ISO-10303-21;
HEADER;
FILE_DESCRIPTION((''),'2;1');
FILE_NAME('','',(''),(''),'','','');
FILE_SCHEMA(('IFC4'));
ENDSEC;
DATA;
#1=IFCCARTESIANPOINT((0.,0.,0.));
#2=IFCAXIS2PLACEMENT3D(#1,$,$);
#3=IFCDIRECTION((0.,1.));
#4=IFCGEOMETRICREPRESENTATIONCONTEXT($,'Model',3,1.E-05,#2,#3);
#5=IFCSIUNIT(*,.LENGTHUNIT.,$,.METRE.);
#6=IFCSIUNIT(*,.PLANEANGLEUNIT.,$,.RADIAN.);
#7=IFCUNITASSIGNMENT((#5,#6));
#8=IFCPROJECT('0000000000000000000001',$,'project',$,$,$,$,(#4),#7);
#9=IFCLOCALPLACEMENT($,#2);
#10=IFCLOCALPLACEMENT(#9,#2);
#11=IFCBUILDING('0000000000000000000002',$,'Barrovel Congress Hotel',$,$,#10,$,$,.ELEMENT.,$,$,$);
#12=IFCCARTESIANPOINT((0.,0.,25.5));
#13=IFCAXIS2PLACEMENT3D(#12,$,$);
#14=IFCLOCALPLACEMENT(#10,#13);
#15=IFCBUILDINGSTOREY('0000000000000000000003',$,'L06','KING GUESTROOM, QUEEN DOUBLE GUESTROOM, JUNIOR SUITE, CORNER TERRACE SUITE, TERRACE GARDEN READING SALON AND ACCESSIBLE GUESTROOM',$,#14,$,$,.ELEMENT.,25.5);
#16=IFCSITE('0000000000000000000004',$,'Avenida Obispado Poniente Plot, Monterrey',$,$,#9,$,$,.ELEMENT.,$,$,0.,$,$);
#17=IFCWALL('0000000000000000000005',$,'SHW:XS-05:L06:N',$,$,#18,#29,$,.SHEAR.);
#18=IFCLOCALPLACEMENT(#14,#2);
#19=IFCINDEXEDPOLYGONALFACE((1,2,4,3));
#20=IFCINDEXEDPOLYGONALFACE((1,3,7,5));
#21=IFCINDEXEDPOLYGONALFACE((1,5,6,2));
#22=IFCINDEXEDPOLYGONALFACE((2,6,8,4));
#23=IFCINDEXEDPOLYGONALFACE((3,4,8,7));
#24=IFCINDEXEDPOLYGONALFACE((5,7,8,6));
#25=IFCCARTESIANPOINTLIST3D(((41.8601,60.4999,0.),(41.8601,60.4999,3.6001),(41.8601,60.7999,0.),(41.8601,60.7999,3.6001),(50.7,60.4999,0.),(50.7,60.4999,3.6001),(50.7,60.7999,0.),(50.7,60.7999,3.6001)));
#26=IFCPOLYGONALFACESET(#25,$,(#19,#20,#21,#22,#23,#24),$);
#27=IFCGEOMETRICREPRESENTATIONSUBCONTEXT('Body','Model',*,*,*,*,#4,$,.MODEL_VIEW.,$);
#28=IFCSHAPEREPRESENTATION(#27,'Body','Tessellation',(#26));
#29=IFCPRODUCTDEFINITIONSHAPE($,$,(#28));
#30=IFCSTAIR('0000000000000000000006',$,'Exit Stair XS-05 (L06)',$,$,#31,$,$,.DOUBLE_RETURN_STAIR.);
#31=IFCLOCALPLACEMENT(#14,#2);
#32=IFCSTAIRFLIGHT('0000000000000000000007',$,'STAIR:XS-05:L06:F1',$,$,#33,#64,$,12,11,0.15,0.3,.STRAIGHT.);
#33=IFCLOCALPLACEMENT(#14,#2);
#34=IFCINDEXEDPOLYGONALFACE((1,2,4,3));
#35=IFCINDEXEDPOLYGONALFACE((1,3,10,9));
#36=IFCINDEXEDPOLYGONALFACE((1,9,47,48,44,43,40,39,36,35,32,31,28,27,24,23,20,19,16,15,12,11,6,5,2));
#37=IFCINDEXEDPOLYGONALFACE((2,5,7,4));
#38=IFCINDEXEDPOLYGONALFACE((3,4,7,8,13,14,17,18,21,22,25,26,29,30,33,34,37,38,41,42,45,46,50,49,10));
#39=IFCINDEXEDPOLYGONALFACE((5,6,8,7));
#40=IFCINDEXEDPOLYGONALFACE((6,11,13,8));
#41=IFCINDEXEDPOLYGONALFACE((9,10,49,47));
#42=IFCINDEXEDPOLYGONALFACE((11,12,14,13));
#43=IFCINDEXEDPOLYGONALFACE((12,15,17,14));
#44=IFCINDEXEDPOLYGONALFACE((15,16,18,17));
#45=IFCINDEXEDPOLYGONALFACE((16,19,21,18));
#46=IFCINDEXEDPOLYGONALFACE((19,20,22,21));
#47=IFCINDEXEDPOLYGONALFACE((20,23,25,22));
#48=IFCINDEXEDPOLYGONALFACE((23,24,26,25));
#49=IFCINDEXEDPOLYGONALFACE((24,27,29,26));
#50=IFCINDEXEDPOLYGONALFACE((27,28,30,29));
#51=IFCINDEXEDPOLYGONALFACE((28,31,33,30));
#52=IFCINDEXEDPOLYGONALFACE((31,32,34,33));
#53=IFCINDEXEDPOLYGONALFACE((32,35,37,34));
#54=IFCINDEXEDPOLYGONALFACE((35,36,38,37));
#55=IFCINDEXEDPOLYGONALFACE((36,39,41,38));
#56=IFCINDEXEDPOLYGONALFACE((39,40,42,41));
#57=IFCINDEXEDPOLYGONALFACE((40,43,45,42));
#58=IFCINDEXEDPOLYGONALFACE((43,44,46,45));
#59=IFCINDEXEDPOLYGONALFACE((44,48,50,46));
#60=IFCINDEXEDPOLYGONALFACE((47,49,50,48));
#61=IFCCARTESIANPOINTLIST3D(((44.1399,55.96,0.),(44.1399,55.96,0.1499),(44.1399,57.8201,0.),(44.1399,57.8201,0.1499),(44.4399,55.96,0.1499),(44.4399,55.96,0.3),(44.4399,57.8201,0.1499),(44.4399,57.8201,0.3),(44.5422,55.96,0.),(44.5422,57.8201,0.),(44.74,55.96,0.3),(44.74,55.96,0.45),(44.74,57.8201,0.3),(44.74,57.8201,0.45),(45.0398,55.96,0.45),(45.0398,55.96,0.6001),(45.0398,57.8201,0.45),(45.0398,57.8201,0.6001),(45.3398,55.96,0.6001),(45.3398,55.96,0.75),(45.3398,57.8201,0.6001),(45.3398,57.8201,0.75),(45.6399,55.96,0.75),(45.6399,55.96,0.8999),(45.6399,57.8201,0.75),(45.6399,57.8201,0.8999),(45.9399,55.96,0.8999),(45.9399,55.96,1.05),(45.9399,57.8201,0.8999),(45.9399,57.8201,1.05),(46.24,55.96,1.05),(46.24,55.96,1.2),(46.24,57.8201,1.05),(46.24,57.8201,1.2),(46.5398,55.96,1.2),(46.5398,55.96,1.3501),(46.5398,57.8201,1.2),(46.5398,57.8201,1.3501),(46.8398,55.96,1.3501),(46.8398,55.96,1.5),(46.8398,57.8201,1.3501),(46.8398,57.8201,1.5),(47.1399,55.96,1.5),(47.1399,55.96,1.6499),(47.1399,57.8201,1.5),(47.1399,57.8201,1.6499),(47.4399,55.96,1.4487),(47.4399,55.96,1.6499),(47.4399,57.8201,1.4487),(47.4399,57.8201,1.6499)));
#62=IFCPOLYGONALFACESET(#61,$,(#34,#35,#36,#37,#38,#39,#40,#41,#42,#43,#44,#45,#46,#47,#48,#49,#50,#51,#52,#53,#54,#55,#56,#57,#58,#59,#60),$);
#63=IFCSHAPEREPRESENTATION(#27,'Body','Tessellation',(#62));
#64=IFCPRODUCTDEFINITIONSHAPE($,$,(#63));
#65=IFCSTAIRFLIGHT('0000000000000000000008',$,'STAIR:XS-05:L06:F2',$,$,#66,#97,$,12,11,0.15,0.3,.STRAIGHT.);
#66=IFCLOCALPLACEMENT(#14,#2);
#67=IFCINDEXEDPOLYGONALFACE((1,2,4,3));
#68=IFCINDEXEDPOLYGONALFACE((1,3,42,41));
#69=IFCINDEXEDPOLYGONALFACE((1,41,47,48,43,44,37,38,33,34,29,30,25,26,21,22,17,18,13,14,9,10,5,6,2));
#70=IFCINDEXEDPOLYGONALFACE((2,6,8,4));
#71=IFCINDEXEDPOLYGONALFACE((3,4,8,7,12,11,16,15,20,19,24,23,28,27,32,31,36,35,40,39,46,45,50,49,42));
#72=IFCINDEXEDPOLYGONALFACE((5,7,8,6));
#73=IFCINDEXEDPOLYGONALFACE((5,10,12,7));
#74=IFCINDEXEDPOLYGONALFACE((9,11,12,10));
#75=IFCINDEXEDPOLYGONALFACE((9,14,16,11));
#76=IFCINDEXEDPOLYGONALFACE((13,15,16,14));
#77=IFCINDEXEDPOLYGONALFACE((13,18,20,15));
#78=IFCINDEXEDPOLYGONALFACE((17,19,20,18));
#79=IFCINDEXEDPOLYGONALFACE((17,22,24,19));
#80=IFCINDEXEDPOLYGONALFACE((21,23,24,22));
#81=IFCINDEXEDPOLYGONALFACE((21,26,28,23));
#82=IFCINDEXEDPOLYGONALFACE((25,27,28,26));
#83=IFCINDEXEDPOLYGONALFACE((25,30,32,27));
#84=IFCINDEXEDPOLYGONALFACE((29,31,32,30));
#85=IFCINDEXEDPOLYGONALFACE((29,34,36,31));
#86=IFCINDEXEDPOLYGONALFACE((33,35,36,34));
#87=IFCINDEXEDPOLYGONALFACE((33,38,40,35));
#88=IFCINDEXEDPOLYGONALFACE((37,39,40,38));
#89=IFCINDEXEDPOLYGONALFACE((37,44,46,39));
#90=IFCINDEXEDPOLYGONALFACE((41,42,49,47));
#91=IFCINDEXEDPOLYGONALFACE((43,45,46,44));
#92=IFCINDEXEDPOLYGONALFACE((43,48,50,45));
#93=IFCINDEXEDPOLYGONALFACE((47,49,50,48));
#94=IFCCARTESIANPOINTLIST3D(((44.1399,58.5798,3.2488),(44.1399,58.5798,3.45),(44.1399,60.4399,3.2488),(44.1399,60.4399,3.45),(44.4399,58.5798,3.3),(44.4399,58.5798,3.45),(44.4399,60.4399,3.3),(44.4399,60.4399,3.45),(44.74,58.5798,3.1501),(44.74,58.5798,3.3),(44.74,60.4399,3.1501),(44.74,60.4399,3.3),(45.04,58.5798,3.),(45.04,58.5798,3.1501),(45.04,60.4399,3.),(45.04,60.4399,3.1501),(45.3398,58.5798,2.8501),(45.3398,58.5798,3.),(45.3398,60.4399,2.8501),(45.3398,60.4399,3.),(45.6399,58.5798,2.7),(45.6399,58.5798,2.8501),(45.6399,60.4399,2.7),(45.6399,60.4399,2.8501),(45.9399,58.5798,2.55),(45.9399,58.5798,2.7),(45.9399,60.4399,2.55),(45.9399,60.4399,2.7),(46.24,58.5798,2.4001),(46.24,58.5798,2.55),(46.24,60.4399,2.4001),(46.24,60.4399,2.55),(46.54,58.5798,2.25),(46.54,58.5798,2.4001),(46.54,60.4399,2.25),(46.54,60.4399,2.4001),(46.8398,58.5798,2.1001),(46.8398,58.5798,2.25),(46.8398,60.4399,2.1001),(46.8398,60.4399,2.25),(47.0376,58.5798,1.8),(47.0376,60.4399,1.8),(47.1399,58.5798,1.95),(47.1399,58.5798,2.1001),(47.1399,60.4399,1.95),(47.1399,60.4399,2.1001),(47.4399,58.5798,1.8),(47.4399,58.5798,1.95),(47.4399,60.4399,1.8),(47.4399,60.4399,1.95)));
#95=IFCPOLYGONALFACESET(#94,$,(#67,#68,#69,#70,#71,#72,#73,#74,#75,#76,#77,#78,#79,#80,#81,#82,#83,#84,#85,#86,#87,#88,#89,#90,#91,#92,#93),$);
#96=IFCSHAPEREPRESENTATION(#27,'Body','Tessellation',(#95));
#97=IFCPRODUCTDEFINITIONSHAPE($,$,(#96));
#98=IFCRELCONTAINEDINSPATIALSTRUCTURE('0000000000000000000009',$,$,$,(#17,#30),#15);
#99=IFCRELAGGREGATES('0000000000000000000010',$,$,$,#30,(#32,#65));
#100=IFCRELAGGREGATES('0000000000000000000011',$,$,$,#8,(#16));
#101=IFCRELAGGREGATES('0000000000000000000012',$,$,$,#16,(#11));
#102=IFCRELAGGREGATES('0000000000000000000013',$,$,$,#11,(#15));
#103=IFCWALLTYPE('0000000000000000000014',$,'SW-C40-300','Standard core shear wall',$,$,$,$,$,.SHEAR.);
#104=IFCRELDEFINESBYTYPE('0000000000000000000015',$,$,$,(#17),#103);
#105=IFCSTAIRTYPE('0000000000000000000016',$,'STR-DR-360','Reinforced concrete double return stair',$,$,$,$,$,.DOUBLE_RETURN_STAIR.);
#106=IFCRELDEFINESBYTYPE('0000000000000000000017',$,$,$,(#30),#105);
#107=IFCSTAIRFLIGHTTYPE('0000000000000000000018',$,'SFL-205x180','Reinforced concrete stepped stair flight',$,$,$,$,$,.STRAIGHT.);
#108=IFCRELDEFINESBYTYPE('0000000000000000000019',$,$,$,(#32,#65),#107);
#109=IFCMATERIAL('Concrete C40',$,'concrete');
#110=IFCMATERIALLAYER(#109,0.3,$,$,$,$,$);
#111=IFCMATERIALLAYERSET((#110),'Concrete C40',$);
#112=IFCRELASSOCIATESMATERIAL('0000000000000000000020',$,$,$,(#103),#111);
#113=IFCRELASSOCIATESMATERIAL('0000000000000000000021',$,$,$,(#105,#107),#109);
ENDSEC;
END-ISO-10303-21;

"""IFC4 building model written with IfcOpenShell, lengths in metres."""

from ifc_helpers import new_model, si_unit, direction, frame, frame_2d, origin, place, context, subcontext, project, spatial, polyline, rectangle, outline, extrude, material, layer, layer_set, type_object, element, aggregate, save


model = new_model("IFC4")

# Units and contexts
model_context = context("Model", 3, precision=1e-05, world=origin(), true_north=direction((0.0, 1.0)))
body_context = subcontext(model_context, "Body", "Model", "MODEL_VIEW")
ifc_project = project(units=[si_unit("LENGTHUNIT", "METRE"), si_unit("PLANEANGLEUNIT", "RADIAN")], contexts=[model_context])

# Site, building, storey
site_placement = place(None, origin())
site = spatial("IfcSite", under=ifc_project, at=site_placement, Name="Avenida Obispado Poniente Plot, Monterrey", CompositionType="ELEMENT", RefElevation=0.0)
building_placement = place(site_placement, origin())
building = spatial("IfcBuilding", under=site, at=building_placement, Name="Barrovel Congress Hotel", CompositionType="ELEMENT")
storey_placement = place(building_placement, frame((0.0, 0.0, 25.5)))
storey = spatial("IfcBuildingStorey", under=building, at=storey_placement, Name="L06", Description="KING GUESTROOM, QUEEN DOUBLE GUESTROOM, JUNIOR SUITE, CORNER TERRACE SUITE, TERRACE GARDEN READING SALON AND ACCESSIBLE GUESTROOM", CompositionType="ELEMENT", Elevation=25.5)

# Shared definitions
ifc_material_1 = material(Name="Concrete C40", Category="concrete")

# Wall
ifc_layer_1 = layer(ifc_material_1, 0.3)
ifc_layer_set_1 = layer_set([ifc_layer_1], Name="Concrete C40")
wall_type_1 = type_object("IfcWallType", Name="SW-C40-300", Description="Standard core shear wall", PredefinedType="SHEAR", material=ifc_layer_set_1)
wall_1_placement = place(storey_placement, frame((50.7, 60.6499, 0.0), z_axis=(0.0, 0.0, 1.0), x_axis=(-1.0, 0.0, 0.0)))
element("IfcWall", 1, at=wall_1_placement, inside=storey, type_object=wall_type_1, Name="SHW:XS-05:L06:N", PredefinedType="SHEAR", context=body_context, shape_type="SweptSolid", body=[
    extrude(rectangle(XDim=8.8398, YDim=0.3, at=frame_2d((4.4199, 0.0))), origin(), (0.0, 0.0, 1.0), 3.6001),
])

# Stair, stair flights
stair_type = type_object("IfcStairType", Name="STR-DR-360", Description="Reinforced concrete double return stair", PredefinedType="DOUBLE_RETURN_STAIR", material=ifc_material_1)
stair_placement = place(storey_placement, origin())
stair = element("IfcStair", 2, at=stair_placement, inside=storey, type_object=stair_type, Name="Exit Stair XS-05 (L06)", PredefinedType="DOUBLE_RETURN_STAIR")
stair_flight_type = type_object("IfcStairFlightType", Name="SFL-205x180", Description="Reinforced concrete stepped stair flight", PredefinedType="STRAIGHT", material=ifc_material_1)
stair_flight_1_placement = place(storey_placement, frame((44.1399, 56.8899, 0.0), z_axis=(0.0, 0.0, 1.0), x_axis=(1.0, 0.0, 0.0)))
stair_flight_1 = element("IfcStairFlight", 3, at=stair_flight_1_placement, type_object=stair_flight_type, Name="STAIR:XS-05:L06:F1", NumberOfRisers=12, NumberOfTreads=11, PredefinedType="STRAIGHT", RiserHeight=0.15, TreadLength=0.3, context=body_context, shape_type="SweptSolid", body=[
    extrude(outline(polyline([(0.0, 0.0), (0.0, 0.1499), (0.3, 0.1499), (0.3, 0.3), (0.6001, 0.3), (0.6001, 0.45), (0.8999, 0.45), (0.8999, 0.6001), (1.2, 0.6001), (1.2, 0.75), (1.5, 0.75), (1.5, 0.8999), (1.8, 0.8999), (1.8, 1.05), (2.1001, 1.05), (2.1001, 1.2), (2.3999, 1.2), (2.3999, 1.3501), (2.7, 1.3501), (2.7, 1.5), (3.0, 1.5), (3.0, 1.6499), (3.3, 1.6499), (3.3, 1.8), (3.3, 1.4487), (0.4023, 0.0), (0.0, 0.0)])), frame((0.0, 0.9302, 0.0), z_axis=(0.0, -1.0, 0.0), x_axis=(1.0, 0.0, 0.0)), (0.0, 0.0, 1.0), 1.8601),
])
stair_flight_2_placement = place(storey_placement, frame((47.4399, 59.51, 1.8), z_axis=(0.0, 0.0, 1.0), x_axis=(-1.0, 0.0, 0.0)))
stair_flight_2 = element("IfcStairFlight", 4, at=stair_flight_2_placement, type_object=stair_flight_type, Name="STAIR:XS-05:L06:F2", NumberOfRisers=12, NumberOfTreads=11, PredefinedType="STRAIGHT", RiserHeight=0.15, TreadLength=0.3, context=body_context, shape_type="SweptSolid", body=[
    extrude(outline(polyline([(0.0, 0.0), (0.0, 0.1499), (0.3, 0.1499), (0.3, 0.3), (0.6001, 0.3), (0.6001, 0.45), (0.8999, 0.45), (0.8999, 0.6001), (1.2, 0.6001), (1.2, 0.75), (1.5, 0.75), (1.5, 0.8999), (1.8, 0.8999), (1.8, 1.05), (2.1001, 1.05), (2.1001, 1.2), (2.3999, 1.2), (2.3999, 1.3501), (2.7, 1.3501), (2.7, 1.5), (3.0, 1.5), (3.0, 1.6499), (3.3, 1.6499), (3.3, 1.8), (3.3, 1.4487), (0.4023, 0.0), (0.0, 0.0)])), frame((0.0, 0.9302, 0.0), z_axis=(0.0, -1.0, 0.0), x_axis=(1.0, 0.0, 0.0)), (0.0, 0.0, 1.0), 1.8601),
])
aggregate(stair, [stair_flight_1, stair_flight_2])

save(model, "model.ifc")
